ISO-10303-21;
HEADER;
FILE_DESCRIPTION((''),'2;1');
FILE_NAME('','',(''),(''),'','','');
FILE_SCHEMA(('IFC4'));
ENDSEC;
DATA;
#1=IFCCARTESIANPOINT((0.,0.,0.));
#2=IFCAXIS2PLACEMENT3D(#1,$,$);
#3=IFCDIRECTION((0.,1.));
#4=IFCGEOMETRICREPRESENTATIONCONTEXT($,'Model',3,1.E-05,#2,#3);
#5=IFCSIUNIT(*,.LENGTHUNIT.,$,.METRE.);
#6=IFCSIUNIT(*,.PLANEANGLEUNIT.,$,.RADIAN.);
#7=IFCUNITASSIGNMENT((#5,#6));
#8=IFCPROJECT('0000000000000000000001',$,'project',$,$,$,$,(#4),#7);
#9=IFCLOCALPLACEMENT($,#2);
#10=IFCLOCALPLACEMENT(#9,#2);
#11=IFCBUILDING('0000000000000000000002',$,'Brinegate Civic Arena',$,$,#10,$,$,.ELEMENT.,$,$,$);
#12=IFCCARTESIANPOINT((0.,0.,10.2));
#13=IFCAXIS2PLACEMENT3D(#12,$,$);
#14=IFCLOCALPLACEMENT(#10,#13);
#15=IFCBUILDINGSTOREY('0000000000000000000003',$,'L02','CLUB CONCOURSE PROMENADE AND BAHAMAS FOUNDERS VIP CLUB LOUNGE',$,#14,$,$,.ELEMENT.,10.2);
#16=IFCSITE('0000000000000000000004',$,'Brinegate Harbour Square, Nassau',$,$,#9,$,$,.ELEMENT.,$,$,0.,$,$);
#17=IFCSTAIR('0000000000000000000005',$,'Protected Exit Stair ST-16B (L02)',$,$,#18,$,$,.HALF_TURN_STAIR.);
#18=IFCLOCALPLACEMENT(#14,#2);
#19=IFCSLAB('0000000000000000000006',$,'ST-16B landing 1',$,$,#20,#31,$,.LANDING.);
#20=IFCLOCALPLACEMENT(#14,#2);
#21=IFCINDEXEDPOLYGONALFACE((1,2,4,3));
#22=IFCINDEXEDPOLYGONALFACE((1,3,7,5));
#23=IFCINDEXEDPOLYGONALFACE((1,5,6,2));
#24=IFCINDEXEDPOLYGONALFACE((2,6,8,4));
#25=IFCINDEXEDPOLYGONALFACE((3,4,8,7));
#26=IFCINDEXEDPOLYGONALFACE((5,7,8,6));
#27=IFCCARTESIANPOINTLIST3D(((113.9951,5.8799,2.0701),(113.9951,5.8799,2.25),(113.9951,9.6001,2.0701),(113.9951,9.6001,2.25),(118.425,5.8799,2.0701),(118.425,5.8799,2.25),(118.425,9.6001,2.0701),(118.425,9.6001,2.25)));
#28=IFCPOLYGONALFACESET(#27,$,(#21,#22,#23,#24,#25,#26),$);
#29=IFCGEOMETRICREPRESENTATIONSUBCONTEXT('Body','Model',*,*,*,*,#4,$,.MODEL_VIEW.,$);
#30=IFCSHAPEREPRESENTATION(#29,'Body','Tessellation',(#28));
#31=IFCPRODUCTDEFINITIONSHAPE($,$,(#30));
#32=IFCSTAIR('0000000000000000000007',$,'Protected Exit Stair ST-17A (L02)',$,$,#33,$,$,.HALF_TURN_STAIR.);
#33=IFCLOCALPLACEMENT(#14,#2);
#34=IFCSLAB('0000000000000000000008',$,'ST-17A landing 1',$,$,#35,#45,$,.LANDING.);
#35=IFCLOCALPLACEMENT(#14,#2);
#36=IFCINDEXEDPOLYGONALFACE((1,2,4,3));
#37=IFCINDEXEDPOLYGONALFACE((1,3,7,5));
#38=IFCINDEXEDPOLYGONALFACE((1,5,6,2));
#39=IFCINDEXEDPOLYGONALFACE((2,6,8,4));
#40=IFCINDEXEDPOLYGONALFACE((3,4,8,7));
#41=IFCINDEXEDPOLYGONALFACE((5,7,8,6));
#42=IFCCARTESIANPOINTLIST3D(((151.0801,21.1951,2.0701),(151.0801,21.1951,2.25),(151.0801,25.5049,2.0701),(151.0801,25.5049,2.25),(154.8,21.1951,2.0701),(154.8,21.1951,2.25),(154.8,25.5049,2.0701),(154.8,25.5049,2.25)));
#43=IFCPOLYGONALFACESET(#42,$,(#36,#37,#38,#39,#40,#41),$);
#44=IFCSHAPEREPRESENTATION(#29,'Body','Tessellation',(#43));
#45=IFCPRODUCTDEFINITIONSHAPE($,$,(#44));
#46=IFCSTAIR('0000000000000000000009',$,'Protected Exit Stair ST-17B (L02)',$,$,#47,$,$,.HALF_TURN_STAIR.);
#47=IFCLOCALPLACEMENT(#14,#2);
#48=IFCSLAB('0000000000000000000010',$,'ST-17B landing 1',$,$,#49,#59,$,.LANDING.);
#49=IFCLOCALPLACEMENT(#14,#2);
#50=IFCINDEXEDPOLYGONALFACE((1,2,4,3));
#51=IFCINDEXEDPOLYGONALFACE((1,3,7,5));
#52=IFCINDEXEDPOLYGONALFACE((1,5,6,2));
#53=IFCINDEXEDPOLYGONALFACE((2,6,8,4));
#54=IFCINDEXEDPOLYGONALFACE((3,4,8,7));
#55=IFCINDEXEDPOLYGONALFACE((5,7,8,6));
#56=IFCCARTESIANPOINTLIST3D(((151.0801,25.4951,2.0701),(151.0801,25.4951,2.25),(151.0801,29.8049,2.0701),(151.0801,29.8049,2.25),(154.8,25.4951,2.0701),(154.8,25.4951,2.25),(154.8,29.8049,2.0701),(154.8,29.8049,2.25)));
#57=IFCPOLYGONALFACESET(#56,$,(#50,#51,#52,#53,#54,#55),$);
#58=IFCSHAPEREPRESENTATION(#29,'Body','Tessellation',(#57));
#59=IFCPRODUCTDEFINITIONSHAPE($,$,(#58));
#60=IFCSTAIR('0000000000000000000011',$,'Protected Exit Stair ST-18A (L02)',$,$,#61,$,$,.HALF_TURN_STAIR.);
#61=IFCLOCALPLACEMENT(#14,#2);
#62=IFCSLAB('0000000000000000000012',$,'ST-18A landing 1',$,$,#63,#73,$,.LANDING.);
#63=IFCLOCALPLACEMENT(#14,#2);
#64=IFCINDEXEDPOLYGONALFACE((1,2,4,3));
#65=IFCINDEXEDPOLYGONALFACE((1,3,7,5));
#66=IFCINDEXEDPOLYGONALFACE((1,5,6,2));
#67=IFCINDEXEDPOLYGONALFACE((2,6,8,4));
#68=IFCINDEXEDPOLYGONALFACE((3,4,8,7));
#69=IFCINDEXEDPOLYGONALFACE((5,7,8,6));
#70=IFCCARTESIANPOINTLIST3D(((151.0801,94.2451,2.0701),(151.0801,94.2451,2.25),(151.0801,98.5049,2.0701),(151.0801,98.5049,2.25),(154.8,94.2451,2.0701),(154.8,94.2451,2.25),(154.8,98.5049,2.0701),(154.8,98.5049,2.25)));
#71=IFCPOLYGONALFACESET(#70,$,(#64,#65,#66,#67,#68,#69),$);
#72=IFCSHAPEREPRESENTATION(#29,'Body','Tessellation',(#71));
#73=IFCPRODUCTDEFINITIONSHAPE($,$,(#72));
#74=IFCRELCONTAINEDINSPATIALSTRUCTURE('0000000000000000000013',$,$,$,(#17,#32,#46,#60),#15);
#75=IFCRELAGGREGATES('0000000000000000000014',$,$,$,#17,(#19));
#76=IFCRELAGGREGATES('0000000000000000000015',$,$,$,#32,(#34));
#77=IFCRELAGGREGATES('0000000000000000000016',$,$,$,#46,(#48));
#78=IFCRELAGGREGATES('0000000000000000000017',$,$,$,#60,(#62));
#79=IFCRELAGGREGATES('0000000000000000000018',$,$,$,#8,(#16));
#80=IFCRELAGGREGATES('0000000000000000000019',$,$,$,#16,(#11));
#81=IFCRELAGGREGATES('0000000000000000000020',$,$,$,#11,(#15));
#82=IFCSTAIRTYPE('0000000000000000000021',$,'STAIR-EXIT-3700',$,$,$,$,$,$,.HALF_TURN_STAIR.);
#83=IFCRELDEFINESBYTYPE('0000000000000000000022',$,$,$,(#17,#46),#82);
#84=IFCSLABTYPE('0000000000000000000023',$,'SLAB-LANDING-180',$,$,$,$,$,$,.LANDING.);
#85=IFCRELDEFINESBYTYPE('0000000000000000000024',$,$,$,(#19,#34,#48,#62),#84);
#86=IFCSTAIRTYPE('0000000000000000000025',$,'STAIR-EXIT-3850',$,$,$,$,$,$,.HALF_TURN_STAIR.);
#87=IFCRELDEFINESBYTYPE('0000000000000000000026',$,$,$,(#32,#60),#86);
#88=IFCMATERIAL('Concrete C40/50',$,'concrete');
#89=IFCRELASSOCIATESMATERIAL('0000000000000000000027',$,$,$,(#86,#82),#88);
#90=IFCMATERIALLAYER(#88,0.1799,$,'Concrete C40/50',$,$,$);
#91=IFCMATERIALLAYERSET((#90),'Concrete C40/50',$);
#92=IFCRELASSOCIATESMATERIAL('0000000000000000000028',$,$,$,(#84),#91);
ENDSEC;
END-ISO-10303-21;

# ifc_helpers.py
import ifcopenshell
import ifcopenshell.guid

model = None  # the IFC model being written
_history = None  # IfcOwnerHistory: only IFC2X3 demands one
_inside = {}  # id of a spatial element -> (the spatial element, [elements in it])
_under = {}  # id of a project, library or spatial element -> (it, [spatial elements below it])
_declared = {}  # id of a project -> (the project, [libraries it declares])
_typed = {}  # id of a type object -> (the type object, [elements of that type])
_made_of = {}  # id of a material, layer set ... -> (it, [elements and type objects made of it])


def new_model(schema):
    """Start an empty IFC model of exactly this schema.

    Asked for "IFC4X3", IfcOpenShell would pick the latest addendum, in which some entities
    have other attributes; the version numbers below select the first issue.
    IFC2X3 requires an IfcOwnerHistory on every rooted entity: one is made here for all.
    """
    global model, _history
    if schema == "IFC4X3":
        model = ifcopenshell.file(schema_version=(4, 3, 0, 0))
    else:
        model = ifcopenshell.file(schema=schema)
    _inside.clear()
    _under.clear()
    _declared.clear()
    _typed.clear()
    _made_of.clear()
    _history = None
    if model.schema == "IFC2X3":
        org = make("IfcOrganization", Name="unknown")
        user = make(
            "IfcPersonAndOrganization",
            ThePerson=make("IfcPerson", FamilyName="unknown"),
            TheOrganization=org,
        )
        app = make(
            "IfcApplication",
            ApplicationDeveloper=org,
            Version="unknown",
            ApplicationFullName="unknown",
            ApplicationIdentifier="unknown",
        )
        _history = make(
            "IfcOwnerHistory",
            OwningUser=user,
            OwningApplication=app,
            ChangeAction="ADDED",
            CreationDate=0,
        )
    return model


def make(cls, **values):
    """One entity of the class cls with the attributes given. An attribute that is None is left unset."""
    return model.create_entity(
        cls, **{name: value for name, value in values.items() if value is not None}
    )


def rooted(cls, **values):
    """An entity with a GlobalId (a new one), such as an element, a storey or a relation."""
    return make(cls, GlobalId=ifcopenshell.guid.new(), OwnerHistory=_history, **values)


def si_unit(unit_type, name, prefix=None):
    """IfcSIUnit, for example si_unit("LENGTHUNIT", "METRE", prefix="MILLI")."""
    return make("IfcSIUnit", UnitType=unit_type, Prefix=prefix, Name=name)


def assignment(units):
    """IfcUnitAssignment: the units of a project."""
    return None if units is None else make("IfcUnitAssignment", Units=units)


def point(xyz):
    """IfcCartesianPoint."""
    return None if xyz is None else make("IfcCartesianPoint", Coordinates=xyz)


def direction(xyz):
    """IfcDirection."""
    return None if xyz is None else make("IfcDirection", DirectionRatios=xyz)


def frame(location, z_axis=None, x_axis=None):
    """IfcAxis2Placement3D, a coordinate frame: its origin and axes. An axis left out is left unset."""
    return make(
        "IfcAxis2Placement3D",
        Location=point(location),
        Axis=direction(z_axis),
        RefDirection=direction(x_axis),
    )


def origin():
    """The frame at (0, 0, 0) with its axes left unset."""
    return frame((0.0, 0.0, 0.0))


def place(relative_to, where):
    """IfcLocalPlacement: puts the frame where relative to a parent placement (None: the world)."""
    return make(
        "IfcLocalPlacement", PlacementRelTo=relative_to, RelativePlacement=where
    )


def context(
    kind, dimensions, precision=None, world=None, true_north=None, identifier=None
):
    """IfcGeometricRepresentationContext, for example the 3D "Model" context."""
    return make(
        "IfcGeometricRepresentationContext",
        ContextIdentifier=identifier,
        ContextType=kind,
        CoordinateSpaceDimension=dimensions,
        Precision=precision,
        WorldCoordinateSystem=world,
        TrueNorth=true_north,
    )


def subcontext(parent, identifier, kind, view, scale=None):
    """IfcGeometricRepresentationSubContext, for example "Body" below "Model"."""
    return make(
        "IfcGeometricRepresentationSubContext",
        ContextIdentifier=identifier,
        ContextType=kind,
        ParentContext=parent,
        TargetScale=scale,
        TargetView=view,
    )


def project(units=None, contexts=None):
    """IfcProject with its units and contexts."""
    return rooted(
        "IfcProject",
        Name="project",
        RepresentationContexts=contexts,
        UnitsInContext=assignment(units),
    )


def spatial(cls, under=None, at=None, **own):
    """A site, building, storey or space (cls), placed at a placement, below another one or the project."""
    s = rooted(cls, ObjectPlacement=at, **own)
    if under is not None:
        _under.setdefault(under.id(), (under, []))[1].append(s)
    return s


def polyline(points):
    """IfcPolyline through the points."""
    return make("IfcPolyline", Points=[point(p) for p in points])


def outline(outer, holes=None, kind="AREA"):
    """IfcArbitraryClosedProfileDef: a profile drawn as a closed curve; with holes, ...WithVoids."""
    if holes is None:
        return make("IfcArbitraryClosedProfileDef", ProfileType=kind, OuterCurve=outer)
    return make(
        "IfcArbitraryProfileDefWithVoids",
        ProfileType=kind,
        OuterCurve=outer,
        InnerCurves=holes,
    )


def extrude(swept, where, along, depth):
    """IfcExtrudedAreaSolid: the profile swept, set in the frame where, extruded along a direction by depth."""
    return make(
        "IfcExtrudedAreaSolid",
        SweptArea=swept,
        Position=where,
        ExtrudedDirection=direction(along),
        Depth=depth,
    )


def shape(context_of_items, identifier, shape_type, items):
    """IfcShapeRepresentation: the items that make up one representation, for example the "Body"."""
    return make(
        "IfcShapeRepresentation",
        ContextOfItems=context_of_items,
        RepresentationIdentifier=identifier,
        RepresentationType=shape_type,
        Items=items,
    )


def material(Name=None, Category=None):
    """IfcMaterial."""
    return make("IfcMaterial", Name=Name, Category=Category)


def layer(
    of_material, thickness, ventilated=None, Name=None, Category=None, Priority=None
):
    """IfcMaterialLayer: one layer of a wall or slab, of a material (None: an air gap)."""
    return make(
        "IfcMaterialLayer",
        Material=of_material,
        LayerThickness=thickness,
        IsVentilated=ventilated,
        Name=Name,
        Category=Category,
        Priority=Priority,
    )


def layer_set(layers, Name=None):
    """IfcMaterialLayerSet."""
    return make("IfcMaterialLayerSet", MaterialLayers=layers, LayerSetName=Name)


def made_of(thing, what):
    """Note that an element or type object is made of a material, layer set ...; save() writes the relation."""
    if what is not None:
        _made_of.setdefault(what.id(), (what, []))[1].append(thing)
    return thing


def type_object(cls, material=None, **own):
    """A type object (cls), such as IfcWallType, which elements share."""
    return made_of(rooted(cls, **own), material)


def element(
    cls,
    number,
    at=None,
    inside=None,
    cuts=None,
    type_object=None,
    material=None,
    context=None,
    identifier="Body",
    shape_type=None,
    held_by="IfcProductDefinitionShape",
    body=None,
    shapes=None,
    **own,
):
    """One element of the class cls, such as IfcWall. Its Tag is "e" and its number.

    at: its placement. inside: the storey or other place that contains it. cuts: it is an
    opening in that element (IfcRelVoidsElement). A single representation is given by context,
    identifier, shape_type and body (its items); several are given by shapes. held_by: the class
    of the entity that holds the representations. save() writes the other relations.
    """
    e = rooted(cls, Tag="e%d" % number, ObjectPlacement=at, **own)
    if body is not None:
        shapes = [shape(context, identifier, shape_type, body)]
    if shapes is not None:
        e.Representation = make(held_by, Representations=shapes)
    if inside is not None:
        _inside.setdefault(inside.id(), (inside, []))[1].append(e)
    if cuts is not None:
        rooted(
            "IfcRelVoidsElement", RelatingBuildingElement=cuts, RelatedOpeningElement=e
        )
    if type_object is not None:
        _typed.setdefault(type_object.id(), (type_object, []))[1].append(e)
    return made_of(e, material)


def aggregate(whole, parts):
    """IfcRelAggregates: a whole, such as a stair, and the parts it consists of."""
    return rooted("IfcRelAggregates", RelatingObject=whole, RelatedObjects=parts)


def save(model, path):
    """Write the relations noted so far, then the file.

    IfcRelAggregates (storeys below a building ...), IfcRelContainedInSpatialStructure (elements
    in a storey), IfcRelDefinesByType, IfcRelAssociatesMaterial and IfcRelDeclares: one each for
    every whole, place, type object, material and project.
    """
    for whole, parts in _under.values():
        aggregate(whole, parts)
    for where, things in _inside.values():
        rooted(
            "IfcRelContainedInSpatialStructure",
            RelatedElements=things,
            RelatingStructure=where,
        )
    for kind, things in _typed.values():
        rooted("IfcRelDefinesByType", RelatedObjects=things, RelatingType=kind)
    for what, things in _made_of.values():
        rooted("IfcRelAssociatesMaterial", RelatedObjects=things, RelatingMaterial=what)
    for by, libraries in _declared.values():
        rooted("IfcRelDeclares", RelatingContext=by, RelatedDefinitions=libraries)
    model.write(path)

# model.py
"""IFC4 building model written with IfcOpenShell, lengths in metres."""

from ifc_helpers import new_model, si_unit, direction, frame, origin, place, context, subcontext, project, spatial, polyline, outline, extrude, material, layer, layer_set, type_object, element, aggregate, save


model = new_model("IFC4")

# Units and contexts
model_context = context("Model", 3, precision=1e-05, world=origin(), true_north=direction((0.0, 1.0)))
body_context = subcontext(model_context, "Body", "Model", "MODEL_VIEW")
ifc_project = project(units=[si_unit("LENGTHUNIT", "METRE"), si_unit("PLANEANGLEUNIT", "RADIAN")], contexts=[model_context])

# Site, building, storey
site_placement = place(None, origin())
site = spatial("IfcSite", under=ifc_project, at=site_placement, Name="Brinegate Harbour Square, Nassau", CompositionType="ELEMENT", RefElevation=0.0)
building_placement = place(site_placement, origin())
building = spatial("IfcBuilding", under=site, at=building_placement, Name="Brinegate Civic Arena", CompositionType="ELEMENT")
storey_placement = place(building_placement, frame((0.0, 0.0, 10.2)))
storey = spatial("IfcBuildingStorey", under=building, at=storey_placement, Name="L02", Description="CLUB CONCOURSE PROMENADE AND BAHAMAS FOUNDERS VIP CLUB LOUNGE", CompositionType="ELEMENT", Elevation=10.2)

# Stairs, slabs
ifc_material = material(Name="Concrete C40/50", Category="concrete")
stair_type_1 = type_object("IfcStairType", Name="STAIR-EXIT-3850", PredefinedType="HALF_TURN_STAIR", material=ifc_material)
ifc_layer = layer(ifc_material, 0.1799, Name="Concrete C40/50")
ifc_layer_set = layer_set([ifc_layer], Name="Concrete C40/50")
slab_type = type_object("IfcSlabType", Name="SLAB-LANDING-180", PredefinedType="LANDING", material=ifc_layer_set)
stair_type_2 = type_object("IfcStairType", Name="STAIR-EXIT-3700", PredefinedType="HALF_TURN_STAIR", material=ifc_material)
stair_1_placement = place(storey_placement, origin())
stair_1 = element("IfcStair", 1, at=stair_1_placement, inside=storey, type_object=stair_type_2, Name="Protected Exit Stair ST-16B (L02)", PredefinedType="HALF_TURN_STAIR")
slab_1_placement = place(storey_placement, frame((0.0, 0.0, 2.0701)))
slab_1 = element("IfcSlab", 2, at=slab_1_placement, type_object=slab_type, Name="ST-16B landing 1", PredefinedType="LANDING", context=body_context, shape_type="SweptSolid", body=[
    extrude(outline(polyline([(113.9951, 5.8799), (118.425, 5.8799), (118.425, 9.6001), (113.9951, 9.6001), (113.9951, 5.8799)])), origin(), (0.0, 0.0, 1.0), 0.1799),
])
aggregate(stair_1, [slab_1])
stair_2_placement = place(storey_placement, origin())
stair_2 = element("IfcStair", 3, at=stair_2_placement, inside=storey, type_object=stair_type_1, Name="Protected Exit Stair ST-17A (L02)", PredefinedType="HALF_TURN_STAIR")
slab_2_placement = place(storey_placement, frame((0.0, 0.0, 2.0701)))
slab_2 = element("IfcSlab", 4, at=slab_2_placement, type_object=slab_type, Name="ST-17A landing 1", PredefinedType="LANDING", context=body_context, shape_type="SweptSolid", body=[
    extrude(outline(polyline([(151.0801, 21.1951), (154.8, 21.1951), (154.8, 25.5049), (151.0801, 25.5049), (151.0801, 21.1951)])), origin(), (0.0, 0.0, 1.0), 0.1799),
])
aggregate(stair_2, [slab_2])
stair_3_placement = place(storey_placement, origin())
stair_3 = element("IfcStair", 5, at=stair_3_placement, inside=storey, type_object=stair_type_2, Name="Protected Exit Stair ST-17B (L02)", PredefinedType="HALF_TURN_STAIR")
slab_3_placement = place(storey_placement, frame((0.0, 0.0, 2.0701)))
slab_3 = element("IfcSlab", 6, at=slab_3_placement, type_object=slab_type, Name="ST-17B landing 1", PredefinedType="LANDING", context=body_context, shape_type="SweptSolid", body=[
    extrude(outline(polyline([(151.0801, 25.4951), (154.8, 25.4951), (154.8, 29.8049), (151.0801, 29.8049), (151.0801, 25.4951)])), origin(), (0.0, 0.0, 1.0), 0.1799),
])
aggregate(stair_3, [slab_3])
stair_4_placement = place(storey_placement, origin())
stair_4 = element("IfcStair", 7, at=stair_4_placement, inside=storey, type_object=stair_type_1, Name="Protected Exit Stair ST-18A (L02)", PredefinedType="HALF_TURN_STAIR")
slab_4_placement = place(storey_placement, frame((0.0, 0.0, 2.0701)))
slab_4 = element("IfcSlab", 8, at=slab_4_placement, type_object=slab_type, Name="ST-18A landing 1", PredefinedType="LANDING", context=body_context, shape_type="SweptSolid", body=[
    extrude(outline(polyline([(151.0801, 94.2451), (154.8, 94.2451), (154.8, 98.5049), (151.0801, 98.5049), (151.0801, 94.2451)])), origin(), (0.0, 0.0, 1.0), 0.1799),
])
aggregate(stair_4, [slab_4])

save(model, "model.ifc")
